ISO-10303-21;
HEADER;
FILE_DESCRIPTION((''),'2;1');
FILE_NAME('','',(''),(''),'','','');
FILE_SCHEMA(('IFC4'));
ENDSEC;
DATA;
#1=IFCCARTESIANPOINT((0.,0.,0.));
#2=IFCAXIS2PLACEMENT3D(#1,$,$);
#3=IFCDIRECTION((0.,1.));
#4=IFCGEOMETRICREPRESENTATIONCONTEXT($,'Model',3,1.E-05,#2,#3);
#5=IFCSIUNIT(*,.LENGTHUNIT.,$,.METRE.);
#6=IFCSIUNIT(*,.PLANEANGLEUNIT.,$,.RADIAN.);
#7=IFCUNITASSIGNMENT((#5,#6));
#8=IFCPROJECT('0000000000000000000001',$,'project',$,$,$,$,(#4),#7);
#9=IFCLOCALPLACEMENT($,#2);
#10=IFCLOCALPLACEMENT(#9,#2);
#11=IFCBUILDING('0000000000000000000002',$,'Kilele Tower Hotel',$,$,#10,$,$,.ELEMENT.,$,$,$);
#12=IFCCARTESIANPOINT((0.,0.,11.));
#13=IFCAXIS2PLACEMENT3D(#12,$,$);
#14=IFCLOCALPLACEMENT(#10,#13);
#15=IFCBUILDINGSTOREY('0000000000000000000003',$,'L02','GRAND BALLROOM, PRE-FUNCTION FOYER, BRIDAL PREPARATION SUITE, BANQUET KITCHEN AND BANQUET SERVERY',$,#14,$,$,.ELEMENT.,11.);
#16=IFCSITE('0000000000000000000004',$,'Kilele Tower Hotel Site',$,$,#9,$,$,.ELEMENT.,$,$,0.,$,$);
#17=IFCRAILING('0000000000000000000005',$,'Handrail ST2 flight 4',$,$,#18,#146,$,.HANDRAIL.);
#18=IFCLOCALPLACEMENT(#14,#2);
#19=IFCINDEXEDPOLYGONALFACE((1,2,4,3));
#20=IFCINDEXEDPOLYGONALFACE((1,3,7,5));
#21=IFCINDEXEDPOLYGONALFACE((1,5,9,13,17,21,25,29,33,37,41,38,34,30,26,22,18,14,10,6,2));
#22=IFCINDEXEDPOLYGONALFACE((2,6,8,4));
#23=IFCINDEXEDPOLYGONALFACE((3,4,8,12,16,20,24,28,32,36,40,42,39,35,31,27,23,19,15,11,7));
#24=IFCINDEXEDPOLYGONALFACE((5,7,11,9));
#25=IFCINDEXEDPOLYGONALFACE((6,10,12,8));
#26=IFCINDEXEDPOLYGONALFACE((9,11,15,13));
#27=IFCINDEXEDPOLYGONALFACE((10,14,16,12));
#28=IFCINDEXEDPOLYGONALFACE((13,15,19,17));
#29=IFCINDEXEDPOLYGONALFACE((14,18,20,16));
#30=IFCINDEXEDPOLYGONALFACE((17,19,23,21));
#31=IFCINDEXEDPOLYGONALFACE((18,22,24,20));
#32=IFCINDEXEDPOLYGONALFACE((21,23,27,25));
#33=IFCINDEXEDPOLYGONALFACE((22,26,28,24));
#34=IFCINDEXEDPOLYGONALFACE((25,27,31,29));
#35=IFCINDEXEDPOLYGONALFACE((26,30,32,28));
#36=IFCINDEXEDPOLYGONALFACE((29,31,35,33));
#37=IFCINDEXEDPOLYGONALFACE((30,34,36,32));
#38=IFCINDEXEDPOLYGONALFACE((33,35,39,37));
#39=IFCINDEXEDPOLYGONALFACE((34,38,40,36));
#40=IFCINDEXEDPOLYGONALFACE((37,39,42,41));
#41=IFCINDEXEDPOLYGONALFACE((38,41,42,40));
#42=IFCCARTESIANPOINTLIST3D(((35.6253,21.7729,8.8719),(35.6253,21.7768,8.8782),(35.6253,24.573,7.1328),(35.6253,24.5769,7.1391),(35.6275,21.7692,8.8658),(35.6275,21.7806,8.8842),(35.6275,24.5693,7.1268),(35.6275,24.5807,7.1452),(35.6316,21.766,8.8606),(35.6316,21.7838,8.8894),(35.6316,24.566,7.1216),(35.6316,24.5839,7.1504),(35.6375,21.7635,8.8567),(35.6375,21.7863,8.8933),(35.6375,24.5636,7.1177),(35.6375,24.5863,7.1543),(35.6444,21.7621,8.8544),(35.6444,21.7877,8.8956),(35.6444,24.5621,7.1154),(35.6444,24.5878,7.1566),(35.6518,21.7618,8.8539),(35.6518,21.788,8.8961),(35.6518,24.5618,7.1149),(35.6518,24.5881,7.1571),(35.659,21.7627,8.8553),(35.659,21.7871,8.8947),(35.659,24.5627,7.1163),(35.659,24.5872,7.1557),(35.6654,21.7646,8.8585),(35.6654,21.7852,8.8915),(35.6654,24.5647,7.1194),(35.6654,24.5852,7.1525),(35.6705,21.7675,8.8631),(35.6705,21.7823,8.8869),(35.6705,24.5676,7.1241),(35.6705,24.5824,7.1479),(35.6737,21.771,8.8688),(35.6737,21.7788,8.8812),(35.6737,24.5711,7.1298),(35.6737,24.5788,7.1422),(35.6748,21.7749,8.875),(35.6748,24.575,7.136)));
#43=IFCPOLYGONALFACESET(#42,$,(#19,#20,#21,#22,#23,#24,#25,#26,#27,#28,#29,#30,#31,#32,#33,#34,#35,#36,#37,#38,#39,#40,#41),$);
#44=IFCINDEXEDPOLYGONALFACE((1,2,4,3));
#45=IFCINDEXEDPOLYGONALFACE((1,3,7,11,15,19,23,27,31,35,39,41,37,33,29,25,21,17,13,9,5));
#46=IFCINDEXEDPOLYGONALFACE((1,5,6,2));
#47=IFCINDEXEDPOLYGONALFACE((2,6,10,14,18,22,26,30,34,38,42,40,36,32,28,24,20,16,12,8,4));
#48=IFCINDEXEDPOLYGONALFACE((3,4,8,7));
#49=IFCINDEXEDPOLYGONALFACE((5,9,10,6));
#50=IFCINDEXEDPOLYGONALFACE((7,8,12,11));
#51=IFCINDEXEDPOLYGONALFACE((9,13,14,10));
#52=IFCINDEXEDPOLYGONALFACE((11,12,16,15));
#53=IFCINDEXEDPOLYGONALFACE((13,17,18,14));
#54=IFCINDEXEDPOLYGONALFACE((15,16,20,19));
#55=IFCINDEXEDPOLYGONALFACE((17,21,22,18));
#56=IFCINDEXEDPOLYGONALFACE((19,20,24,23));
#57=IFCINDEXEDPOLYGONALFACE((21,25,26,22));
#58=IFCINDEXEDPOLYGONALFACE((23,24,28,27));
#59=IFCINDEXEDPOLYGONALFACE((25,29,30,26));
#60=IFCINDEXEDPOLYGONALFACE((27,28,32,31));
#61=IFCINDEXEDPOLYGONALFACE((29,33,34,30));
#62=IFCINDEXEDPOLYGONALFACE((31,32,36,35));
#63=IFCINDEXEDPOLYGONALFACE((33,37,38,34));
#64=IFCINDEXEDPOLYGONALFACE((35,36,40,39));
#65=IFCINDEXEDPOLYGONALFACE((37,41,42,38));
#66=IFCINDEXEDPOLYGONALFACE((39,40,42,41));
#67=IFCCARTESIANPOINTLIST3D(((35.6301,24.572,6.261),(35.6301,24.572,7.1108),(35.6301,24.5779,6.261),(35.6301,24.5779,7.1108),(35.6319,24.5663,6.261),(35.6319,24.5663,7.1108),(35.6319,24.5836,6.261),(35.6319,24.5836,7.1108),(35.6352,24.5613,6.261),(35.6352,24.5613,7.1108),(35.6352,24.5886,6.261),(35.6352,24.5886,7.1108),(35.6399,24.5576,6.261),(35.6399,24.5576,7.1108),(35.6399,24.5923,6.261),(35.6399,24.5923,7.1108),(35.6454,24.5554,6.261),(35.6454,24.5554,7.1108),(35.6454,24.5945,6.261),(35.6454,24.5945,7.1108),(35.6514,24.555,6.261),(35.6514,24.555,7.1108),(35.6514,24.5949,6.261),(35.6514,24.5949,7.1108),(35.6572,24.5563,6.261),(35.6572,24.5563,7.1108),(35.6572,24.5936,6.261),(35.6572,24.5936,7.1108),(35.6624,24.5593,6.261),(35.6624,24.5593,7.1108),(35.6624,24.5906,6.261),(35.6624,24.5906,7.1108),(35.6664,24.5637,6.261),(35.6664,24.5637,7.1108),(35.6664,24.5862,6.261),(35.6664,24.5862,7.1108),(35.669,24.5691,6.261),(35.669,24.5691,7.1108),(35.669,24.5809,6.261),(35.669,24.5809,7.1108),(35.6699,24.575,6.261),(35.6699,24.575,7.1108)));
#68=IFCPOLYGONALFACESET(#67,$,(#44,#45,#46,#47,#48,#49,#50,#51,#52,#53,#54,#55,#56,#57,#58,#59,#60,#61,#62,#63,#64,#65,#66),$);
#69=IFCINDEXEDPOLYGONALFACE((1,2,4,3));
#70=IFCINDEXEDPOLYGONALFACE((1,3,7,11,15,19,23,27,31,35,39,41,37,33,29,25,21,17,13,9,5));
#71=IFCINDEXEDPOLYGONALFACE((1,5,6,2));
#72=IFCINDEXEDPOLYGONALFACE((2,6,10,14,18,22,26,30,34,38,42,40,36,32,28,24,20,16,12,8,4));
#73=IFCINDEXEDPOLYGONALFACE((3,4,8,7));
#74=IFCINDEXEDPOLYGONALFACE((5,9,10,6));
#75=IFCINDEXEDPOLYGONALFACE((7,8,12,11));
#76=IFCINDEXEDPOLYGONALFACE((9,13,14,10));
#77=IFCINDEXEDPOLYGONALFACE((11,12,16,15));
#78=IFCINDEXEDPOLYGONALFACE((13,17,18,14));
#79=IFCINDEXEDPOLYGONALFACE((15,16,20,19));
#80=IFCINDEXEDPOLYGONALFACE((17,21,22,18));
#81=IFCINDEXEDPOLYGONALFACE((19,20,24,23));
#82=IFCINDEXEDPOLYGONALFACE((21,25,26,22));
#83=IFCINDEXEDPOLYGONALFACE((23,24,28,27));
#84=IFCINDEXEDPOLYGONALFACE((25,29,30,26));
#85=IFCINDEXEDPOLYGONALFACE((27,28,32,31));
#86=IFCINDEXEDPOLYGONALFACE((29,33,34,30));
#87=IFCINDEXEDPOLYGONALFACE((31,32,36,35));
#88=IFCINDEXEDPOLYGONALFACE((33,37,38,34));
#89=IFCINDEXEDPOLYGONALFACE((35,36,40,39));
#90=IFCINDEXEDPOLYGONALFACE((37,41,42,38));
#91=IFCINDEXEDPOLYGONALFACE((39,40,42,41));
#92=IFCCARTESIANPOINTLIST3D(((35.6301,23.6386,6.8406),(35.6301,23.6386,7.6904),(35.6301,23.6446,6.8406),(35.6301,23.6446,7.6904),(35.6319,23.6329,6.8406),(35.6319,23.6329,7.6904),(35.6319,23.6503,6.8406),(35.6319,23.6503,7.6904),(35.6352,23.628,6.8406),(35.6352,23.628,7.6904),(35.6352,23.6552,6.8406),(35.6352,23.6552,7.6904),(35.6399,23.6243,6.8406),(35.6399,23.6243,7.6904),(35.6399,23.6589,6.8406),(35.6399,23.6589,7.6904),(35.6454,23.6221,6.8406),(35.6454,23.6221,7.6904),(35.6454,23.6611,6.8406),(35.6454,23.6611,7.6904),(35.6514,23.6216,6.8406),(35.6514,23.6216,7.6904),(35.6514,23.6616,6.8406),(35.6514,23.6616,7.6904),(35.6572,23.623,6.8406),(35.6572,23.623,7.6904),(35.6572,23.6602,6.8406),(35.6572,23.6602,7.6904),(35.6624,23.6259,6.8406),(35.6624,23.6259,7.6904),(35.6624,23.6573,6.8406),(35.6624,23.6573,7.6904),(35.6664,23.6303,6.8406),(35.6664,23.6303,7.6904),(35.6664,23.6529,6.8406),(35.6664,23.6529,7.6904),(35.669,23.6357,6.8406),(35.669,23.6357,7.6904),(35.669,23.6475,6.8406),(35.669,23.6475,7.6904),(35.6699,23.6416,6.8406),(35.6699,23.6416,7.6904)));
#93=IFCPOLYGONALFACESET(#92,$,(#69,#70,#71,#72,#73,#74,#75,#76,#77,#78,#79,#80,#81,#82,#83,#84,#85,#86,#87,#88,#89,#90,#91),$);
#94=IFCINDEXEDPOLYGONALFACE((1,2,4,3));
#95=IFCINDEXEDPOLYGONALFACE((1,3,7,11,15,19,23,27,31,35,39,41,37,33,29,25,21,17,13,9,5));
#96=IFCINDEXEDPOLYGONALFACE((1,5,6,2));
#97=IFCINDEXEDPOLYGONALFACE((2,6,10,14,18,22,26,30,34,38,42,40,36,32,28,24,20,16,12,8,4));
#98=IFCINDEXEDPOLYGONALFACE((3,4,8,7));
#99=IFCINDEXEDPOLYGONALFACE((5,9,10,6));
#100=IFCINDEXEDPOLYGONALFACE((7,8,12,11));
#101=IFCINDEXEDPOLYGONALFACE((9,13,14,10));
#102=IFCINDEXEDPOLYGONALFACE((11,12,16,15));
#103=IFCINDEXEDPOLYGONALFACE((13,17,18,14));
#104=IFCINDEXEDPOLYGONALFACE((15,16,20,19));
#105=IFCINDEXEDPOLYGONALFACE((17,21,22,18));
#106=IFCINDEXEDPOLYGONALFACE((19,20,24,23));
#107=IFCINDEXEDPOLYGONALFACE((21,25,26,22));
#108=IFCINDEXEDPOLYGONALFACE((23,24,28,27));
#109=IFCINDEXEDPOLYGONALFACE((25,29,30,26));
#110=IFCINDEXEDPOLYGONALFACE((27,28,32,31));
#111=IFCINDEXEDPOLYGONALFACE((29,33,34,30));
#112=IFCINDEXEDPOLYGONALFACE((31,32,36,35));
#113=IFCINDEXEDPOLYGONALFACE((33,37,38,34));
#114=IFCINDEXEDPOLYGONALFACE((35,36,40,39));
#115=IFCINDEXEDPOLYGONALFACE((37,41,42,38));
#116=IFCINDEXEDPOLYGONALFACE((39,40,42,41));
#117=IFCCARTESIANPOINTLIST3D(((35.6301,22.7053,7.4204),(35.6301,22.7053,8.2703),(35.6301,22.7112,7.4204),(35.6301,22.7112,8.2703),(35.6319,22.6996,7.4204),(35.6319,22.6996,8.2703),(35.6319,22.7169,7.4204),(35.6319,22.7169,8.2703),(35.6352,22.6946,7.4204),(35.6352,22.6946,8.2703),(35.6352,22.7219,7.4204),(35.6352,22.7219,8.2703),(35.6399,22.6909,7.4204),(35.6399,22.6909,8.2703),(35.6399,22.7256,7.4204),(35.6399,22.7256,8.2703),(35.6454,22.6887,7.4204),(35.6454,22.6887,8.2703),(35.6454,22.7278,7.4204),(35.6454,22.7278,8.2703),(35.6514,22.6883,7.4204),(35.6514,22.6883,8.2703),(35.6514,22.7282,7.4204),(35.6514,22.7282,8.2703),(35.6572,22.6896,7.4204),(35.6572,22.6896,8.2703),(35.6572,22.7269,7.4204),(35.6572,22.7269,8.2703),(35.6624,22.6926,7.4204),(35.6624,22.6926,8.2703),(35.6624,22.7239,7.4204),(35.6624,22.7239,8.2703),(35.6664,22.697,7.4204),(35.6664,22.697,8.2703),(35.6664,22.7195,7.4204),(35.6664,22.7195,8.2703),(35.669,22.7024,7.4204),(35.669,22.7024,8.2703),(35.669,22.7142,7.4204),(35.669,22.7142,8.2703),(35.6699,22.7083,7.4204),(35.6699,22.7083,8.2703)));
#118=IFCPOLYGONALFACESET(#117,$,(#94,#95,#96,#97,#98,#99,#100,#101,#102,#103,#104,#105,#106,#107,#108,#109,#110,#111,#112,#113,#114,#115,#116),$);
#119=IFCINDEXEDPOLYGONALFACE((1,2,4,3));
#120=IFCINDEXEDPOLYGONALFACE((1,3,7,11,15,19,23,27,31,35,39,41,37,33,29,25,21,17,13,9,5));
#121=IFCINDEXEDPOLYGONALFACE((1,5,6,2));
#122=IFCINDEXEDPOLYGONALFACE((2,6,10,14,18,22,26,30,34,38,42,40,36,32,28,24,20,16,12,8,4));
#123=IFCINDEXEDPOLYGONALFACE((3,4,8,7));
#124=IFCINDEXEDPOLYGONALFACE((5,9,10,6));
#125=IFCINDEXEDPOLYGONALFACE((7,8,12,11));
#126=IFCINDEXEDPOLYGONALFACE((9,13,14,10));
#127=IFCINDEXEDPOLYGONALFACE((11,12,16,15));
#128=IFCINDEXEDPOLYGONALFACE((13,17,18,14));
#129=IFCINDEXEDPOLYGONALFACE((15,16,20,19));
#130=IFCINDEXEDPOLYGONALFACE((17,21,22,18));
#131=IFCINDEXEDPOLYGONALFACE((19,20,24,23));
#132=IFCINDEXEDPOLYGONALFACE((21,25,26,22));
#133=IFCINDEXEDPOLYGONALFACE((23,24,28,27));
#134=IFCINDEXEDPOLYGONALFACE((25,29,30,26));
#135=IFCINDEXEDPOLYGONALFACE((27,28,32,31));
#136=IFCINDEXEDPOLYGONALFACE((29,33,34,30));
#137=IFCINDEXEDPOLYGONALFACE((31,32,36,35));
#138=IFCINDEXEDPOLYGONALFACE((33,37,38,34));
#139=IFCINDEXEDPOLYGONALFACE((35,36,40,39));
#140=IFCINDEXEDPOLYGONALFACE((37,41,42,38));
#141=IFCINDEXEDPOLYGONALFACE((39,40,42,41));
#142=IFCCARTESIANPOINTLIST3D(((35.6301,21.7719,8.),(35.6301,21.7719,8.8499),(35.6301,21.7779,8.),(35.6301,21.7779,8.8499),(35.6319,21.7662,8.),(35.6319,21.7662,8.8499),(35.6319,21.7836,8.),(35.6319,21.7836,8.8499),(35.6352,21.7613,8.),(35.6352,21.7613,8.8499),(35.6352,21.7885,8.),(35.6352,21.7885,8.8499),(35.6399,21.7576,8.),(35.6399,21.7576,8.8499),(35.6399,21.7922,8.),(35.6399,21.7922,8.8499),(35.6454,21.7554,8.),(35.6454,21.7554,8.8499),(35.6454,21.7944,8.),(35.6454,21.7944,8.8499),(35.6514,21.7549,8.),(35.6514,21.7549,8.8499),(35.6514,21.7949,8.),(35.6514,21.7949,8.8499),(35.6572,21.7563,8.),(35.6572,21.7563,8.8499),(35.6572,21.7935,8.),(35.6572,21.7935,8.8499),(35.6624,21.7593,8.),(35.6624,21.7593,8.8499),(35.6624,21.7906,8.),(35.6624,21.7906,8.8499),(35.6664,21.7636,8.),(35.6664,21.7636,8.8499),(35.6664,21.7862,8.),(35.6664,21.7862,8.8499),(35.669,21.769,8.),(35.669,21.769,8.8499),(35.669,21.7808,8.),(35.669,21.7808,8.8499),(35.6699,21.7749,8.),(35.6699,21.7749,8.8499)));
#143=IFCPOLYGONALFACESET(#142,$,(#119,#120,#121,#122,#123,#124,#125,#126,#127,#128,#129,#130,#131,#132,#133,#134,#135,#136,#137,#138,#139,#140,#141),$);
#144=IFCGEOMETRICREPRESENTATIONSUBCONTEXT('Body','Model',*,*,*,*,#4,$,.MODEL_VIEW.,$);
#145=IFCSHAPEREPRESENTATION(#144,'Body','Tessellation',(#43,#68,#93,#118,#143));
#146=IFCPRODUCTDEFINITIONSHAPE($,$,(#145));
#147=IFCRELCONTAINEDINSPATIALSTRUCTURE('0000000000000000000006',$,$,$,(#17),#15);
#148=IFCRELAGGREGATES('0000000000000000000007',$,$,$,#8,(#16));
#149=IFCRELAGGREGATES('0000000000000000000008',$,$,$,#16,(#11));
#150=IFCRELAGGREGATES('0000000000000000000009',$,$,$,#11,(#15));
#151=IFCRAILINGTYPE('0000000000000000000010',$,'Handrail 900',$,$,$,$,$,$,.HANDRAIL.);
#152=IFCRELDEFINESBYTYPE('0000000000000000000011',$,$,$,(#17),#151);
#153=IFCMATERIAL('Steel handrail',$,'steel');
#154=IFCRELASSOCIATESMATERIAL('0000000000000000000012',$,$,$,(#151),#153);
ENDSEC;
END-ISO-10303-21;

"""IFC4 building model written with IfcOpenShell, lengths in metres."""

from ifc_helpers import new_model, si_unit, direction, frame, origin, origin_2d, place, context, subcontext, project, spatial, circle, extrude, material, type_object, element, save


model = new_model("IFC4")

# Units and contexts
model_context = context("Model", 3, precision=1e-05, world=origin(), true_north=direction((0.0, 1.0)))
body_context = subcontext(model_context, "Body", "Model", "MODEL_VIEW")
ifc_project = project(units=[si_unit("LENGTHUNIT", "METRE"), si_unit("PLANEANGLEUNIT", "RADIAN")], contexts=[model_context])

# Site, building, storey
site_placement = place(None, origin())
site = spatial("IfcSite", under=ifc_project, at=site_placement, Name="Kilele Tower Hotel Site", CompositionType="ELEMENT", RefElevation=0.0)
building_placement = place(site_placement, origin())
building = spatial("IfcBuilding", under=site, at=building_placement, Name="Kilele Tower Hotel", CompositionType="ELEMENT")
storey_placement = place(building_placement, frame((0.0, 0.0, 11.0)))
storey = spatial("IfcBuildingStorey", under=building, at=storey_placement, Name="L02", Description="GRAND BALLROOM, PRE-FUNCTION FOYER, BRIDAL PREPARATION SUITE, BANQUET KITCHEN AND BANQUET SERVERY", CompositionType="ELEMENT", Elevation=11.0)

# Railing
ifc_material_1 = material(Name="Steel handrail", Category="steel")
railing_type_1 = type_object("IfcRailingType", Name="Handrail 900", PredefinedType="HANDRAIL", material=ifc_material_1)
for number, where, name in (
    (1, (35.6499, 24.575, 6.261), "Handrail ST2 flight 4"),
):
    element("IfcRailing", number, at=place(storey_placement, frame(where)), inside=storey, type_object=railing_type_1, Name=name, PredefinedType="HANDRAIL", context=body_context, shape_type="SweptSolid", body=[
        extrude(circle(Radius=0.0249, at=origin_2d()), frame((0.0, 0.0, 0.875), z_axis=(0.0, -0.849497, 0.527593), x_axis=(1.0, 0.0, 0.0)), (0.0, 0.0, 1.0), 3.2961),
        extrude(circle(Radius=0.02, at=origin_2d()), origin(), (0.0, 0.0, 1.0), 0.8499),
        extrude(circle(Radius=0.02, at=origin_2d()), frame((0.0, -0.9333, 0.5796)), (0.0, 0.0, 1.0), 0.8499),
        extrude(circle(Radius=0.02, at=origin_2d()), frame((0.0, -1.8667, 1.1594)), (0.0, 0.0, 1.0), 0.8499),
        extrude(circle(Radius=0.02, at=origin_2d()), frame((0.0, -2.8, 1.739)), (0.0, 0.0, 1.0), 0.8499),
    ])

save(model, "model.ifc")
